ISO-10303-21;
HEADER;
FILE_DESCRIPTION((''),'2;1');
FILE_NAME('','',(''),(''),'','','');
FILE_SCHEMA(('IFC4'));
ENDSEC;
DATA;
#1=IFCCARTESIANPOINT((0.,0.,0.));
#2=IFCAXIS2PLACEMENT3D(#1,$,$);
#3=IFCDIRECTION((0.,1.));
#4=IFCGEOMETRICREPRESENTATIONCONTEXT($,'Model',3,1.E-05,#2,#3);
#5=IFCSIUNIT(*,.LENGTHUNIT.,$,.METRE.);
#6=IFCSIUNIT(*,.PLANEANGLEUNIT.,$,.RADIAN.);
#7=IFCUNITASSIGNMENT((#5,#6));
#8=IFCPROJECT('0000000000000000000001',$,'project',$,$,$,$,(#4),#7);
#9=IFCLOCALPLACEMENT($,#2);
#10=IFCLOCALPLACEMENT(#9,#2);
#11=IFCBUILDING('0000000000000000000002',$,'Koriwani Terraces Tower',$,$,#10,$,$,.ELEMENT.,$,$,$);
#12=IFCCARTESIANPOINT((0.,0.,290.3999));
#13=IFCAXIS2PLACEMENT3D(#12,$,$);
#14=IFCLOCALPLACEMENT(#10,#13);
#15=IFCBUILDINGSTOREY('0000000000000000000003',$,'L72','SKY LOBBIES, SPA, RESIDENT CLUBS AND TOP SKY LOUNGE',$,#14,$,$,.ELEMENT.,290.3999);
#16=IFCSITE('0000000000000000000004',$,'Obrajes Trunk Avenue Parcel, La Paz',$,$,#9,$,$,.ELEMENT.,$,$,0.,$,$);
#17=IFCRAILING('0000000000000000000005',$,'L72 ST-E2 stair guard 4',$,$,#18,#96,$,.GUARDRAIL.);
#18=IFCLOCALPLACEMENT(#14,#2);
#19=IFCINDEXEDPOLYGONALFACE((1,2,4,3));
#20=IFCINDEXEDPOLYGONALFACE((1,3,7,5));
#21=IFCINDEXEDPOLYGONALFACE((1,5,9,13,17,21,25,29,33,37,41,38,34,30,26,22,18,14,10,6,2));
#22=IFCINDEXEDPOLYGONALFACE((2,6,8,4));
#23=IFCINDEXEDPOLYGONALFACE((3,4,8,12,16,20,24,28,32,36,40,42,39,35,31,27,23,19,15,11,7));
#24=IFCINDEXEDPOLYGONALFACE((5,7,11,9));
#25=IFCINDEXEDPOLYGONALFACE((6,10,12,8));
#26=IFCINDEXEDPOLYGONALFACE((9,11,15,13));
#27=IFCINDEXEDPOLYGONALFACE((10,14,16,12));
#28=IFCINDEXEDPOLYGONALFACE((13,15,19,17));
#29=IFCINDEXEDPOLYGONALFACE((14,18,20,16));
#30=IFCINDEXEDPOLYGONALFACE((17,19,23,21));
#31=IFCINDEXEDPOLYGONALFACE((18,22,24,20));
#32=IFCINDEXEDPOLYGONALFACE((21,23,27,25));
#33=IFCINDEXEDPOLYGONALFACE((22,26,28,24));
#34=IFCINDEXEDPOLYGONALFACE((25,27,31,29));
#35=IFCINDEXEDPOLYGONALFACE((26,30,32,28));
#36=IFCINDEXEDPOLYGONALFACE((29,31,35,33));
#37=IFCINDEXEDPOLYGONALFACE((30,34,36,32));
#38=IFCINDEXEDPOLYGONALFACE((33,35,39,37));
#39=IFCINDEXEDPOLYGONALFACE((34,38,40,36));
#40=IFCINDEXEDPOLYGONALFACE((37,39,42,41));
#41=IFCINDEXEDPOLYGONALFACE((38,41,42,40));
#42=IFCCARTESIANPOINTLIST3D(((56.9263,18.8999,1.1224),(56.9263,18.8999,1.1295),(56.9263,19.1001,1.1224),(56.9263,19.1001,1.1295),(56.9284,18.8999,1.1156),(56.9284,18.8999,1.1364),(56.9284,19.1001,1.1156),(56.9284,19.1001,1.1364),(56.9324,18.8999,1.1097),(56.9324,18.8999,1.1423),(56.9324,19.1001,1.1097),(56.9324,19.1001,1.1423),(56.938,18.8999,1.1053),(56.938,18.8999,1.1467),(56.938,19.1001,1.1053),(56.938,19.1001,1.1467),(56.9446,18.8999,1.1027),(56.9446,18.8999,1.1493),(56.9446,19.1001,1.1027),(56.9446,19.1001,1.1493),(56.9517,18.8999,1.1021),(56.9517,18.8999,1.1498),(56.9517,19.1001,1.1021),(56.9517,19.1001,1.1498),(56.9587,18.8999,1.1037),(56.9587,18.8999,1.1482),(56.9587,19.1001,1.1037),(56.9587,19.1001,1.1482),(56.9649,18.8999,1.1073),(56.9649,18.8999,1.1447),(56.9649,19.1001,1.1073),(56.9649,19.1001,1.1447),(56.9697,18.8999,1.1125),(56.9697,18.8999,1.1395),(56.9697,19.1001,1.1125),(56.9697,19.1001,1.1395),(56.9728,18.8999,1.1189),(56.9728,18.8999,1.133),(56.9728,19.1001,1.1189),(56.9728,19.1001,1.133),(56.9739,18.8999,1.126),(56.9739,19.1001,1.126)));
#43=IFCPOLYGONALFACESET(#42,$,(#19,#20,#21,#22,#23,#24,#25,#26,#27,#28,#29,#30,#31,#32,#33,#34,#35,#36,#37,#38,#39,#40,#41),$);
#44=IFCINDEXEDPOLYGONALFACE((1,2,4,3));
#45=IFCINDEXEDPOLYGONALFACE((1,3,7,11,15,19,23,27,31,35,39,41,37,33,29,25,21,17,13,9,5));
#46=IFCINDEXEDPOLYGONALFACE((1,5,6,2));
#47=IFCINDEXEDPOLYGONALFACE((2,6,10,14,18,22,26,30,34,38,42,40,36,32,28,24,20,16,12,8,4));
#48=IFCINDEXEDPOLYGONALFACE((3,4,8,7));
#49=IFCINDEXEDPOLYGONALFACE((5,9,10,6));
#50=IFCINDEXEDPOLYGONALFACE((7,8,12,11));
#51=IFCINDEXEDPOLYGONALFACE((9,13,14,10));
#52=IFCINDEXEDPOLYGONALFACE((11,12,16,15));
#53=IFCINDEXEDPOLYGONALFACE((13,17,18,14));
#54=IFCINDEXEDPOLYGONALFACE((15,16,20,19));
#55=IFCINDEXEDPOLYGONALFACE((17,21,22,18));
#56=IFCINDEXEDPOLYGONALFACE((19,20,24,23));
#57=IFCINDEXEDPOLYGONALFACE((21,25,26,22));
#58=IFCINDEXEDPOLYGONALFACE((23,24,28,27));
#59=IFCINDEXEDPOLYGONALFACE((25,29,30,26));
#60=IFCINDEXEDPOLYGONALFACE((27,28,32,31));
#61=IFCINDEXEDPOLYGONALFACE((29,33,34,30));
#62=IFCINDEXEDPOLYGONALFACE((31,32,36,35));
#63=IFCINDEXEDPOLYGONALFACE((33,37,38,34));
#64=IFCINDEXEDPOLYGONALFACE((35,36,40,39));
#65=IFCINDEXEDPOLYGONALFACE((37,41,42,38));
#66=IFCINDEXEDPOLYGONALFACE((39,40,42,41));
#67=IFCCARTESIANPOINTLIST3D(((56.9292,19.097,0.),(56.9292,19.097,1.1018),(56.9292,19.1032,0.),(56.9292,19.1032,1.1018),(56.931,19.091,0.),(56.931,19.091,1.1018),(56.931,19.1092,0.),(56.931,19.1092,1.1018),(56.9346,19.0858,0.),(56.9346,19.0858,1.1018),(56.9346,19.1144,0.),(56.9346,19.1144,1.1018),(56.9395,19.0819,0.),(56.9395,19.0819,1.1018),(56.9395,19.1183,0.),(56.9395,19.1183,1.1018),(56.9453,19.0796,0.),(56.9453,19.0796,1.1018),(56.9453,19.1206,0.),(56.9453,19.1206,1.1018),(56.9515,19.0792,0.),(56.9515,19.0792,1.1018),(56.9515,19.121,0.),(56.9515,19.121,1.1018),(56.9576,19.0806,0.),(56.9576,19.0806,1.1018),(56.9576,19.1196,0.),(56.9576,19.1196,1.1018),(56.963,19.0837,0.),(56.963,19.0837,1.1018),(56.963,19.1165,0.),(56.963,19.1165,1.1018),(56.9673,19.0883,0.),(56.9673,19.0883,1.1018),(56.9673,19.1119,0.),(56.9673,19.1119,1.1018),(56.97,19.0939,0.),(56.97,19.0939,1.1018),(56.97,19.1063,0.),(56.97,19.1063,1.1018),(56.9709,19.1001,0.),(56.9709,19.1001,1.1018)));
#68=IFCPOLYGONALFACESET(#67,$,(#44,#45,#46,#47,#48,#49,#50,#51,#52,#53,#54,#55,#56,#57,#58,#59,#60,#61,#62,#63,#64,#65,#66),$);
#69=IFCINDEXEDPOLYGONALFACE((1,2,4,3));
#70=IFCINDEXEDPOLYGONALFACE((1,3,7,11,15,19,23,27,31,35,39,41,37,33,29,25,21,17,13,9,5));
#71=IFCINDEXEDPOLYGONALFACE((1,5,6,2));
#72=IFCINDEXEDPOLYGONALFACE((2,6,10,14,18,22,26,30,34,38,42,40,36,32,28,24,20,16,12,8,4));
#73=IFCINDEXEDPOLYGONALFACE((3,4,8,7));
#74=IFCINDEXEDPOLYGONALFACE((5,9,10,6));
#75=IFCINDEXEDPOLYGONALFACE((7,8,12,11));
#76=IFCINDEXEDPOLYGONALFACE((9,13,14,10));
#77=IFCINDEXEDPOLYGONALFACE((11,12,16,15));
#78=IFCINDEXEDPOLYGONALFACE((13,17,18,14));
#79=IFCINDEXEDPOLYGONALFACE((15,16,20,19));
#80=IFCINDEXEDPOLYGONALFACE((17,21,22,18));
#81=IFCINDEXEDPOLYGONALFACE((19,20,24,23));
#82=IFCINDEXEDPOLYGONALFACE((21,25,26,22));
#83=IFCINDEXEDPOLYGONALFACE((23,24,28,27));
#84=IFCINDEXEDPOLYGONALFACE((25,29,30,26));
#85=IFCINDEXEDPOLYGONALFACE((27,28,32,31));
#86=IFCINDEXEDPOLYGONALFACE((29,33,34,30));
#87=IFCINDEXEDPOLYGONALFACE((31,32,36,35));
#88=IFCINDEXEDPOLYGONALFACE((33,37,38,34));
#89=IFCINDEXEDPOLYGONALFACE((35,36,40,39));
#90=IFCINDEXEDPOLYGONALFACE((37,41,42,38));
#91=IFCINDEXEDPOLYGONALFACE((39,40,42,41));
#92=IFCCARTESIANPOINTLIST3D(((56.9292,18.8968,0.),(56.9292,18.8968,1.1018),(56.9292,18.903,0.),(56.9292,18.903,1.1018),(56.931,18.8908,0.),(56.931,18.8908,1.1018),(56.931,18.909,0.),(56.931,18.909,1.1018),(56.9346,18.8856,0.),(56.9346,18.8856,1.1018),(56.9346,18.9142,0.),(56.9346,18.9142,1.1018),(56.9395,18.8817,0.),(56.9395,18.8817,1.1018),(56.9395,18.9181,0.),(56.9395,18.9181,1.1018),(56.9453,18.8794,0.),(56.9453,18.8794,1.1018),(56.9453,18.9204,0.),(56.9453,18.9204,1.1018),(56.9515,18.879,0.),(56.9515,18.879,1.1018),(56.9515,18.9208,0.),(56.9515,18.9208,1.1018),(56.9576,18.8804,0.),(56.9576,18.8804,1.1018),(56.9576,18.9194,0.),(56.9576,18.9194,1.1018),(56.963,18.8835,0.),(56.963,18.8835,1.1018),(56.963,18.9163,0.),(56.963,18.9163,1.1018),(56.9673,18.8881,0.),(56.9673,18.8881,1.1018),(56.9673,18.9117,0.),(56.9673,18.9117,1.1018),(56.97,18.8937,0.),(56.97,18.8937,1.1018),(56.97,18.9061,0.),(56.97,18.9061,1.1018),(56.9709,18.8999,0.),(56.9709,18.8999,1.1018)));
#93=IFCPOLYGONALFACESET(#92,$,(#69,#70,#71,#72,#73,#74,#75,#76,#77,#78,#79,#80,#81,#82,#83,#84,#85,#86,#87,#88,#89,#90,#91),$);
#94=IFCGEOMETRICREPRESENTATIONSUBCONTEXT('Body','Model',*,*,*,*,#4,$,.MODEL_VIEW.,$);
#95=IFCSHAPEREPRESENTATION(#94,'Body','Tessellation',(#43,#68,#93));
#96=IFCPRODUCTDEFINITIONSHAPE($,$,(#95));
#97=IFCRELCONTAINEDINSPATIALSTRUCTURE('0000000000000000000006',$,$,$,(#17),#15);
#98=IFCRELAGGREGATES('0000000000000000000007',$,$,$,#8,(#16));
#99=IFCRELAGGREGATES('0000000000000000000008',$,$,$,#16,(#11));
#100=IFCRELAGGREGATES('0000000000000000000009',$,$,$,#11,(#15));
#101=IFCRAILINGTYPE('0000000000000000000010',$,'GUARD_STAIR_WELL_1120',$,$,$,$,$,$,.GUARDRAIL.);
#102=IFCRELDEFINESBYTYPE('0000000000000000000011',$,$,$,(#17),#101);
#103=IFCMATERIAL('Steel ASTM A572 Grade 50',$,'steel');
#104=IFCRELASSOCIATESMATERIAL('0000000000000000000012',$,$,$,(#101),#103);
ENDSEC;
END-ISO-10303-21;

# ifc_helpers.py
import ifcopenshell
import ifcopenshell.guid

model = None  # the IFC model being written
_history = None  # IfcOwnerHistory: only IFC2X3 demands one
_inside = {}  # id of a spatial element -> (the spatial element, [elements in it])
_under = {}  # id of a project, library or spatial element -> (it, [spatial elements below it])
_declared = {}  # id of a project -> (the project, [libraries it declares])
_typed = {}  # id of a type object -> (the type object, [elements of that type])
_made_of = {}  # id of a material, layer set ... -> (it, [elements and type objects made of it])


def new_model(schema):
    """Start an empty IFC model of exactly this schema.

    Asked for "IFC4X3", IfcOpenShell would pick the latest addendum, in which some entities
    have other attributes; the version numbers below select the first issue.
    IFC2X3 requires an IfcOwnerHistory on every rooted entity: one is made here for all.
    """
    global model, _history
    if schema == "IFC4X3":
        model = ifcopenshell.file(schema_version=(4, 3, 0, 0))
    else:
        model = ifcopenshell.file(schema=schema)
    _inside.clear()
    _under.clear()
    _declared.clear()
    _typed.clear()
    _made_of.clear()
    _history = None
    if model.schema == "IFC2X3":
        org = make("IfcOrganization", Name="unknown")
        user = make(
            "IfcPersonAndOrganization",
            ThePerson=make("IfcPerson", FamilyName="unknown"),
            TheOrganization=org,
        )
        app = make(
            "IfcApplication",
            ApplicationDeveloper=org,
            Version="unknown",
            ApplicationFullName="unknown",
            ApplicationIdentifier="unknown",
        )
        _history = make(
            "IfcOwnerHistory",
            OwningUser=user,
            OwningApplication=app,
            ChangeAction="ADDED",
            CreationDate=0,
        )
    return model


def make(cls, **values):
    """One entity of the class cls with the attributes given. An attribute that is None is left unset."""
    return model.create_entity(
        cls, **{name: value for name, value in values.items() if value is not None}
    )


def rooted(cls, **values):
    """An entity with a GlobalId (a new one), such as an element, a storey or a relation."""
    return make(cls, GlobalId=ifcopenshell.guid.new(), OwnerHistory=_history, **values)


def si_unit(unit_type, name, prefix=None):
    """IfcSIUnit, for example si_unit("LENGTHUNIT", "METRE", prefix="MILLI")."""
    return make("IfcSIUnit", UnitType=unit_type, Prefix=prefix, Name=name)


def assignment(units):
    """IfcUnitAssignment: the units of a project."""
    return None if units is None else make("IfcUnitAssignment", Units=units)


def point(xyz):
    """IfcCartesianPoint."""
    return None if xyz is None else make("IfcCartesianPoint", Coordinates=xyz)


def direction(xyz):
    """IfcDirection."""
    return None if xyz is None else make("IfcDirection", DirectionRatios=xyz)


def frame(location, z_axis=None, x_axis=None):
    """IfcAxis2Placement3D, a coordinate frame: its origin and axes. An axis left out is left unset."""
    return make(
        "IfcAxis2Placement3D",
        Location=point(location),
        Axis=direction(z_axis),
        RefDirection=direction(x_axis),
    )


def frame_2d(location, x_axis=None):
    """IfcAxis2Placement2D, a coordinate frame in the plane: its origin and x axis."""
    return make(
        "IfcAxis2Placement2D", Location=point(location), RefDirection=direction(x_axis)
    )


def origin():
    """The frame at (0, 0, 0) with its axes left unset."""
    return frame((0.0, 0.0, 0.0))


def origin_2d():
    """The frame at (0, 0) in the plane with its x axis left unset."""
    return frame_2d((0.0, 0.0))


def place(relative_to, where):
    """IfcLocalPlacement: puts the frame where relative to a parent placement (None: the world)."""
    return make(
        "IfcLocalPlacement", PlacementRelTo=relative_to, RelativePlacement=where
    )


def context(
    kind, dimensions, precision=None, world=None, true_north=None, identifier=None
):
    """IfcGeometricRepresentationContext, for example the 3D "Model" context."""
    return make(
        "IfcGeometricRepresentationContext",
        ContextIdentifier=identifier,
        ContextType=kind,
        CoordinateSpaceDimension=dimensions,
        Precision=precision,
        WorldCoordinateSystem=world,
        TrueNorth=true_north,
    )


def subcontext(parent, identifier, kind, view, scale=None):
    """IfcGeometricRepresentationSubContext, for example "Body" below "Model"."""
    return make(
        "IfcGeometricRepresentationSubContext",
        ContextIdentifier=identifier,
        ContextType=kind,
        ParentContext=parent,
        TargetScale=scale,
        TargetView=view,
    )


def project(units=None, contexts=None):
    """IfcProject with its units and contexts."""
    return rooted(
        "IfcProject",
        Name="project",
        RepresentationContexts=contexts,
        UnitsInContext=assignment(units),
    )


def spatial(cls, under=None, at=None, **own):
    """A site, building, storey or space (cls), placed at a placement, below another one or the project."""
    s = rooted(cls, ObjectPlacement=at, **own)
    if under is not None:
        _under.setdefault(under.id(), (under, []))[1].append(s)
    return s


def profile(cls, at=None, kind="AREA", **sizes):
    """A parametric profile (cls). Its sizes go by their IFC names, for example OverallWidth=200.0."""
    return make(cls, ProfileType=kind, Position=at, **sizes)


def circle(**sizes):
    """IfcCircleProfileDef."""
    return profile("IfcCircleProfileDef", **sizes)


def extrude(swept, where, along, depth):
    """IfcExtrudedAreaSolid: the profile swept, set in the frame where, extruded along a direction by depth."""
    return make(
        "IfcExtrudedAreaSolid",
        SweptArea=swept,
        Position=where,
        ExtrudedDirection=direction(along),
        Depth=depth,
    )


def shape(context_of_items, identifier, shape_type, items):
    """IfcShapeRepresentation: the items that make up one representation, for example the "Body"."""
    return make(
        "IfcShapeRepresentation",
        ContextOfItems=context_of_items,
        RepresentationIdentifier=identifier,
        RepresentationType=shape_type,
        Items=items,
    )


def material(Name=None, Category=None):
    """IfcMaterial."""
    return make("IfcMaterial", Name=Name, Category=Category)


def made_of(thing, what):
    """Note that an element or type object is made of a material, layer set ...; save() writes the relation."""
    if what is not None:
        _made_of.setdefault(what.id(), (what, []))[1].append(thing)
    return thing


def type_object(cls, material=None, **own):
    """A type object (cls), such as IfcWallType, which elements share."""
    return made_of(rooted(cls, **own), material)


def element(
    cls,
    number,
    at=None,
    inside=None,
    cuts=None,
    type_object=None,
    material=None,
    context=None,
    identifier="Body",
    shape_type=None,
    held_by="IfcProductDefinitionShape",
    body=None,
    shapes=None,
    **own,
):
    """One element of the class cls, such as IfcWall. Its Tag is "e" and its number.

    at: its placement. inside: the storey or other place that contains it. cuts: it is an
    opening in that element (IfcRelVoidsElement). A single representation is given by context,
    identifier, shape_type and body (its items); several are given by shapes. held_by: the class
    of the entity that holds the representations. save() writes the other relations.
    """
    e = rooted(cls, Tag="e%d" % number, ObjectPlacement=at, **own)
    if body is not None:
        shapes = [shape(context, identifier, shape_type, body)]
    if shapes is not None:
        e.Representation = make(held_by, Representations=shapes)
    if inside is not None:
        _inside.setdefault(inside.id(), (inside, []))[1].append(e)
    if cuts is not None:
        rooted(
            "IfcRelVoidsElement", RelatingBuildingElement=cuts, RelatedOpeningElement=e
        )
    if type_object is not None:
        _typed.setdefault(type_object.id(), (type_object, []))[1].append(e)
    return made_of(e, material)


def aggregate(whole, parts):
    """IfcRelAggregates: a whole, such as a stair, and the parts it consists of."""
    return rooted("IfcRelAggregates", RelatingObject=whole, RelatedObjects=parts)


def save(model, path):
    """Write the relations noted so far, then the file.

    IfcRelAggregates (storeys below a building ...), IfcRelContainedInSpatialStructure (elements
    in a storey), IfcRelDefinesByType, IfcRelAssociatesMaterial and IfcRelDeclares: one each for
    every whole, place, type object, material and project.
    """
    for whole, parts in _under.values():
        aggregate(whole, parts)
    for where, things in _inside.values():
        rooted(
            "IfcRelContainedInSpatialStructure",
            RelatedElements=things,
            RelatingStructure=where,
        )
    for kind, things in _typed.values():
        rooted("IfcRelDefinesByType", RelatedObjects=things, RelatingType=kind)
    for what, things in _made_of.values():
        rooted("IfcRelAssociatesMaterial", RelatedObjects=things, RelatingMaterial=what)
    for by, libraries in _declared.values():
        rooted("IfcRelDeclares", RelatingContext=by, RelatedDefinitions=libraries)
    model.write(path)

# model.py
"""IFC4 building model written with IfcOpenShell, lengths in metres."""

from ifc_helpers import new_model, si_unit, direction, frame, origin, origin_2d, place, context, subcontext, project, spatial, circle, extrude, material, type_object, element, save


model = new_model("IFC4")

# Units and contexts
model_context = context("Model", 3, precision=1e-05, world=origin(), true_north=direction((0.0, 1.0)))
body_context = subcontext(model_context, "Body", "Model", "MODEL_VIEW")
ifc_project = project(units=[si_unit("LENGTHUNIT", "METRE"), si_unit("PLANEANGLEUNIT", "RADIAN")], contexts=[model_context])

# Site, building, storey
site_placement = place(None, origin())
site = spatial("IfcSite", under=ifc_project, at=site_placement, Name="Obrajes Trunk Avenue Parcel, La Paz", CompositionType="ELEMENT", RefElevation=0.0)
building_placement = place(site_placement, origin())
building = spatial("IfcBuilding", under=site, at=building_placement, Name="Koriwani Terraces Tower", CompositionType="ELEMENT")
storey_placement = place(building_placement, frame((0.0, 0.0, 290.3999)))
storey = spatial("IfcBuildingStorey", under=building, at=storey_placement, Name="L72", Description="SKY LOBBIES, SPA, RESIDENT CLUBS AND TOP SKY LOUNGE", CompositionType="ELEMENT", Elevation=290.3999)

# Shared definitions
ifc_material_1 = material(Name="Steel ASTM A572 Grade 50", Category="steel")

# Railing
railing_type_1 = type_object("IfcRailingType", Name="GUARD_STAIR_WELL_1120", PredefinedType="GUARDRAIL", material=ifc_material_1)
railing_1_placement = place(storey_placement, frame((56.95, 19.1001, 0.0)))
element("IfcRailing", 1, at=railing_1_placement, inside=storey, type_object=railing_type_1, Name="L72 ST-E2 stair guard 4", PredefinedType="GUARDRAIL", context=body_context, shape_type="SweptSolid", body=[
    extrude(circle(Radius=0.0239, at=origin_2d()), frame((0.0, 0.0, 1.126), z_axis=(0.0, -1.0, 0.0), x_axis=(1.0, 0.0, 0.0)), (0.0, 0.0, 1.0), 0.2002),
    extrude(circle(Radius=0.021, at=origin_2d()), origin(), (0.0, 0.0, 1.0), 1.1018),
    extrude(circle(Radius=0.021, at=origin_2d()), frame((0.0, -0.2002, 0.0)), (0.0, 0.0, 1.0), 1.1018),
])

save(model, "model.ifc")
